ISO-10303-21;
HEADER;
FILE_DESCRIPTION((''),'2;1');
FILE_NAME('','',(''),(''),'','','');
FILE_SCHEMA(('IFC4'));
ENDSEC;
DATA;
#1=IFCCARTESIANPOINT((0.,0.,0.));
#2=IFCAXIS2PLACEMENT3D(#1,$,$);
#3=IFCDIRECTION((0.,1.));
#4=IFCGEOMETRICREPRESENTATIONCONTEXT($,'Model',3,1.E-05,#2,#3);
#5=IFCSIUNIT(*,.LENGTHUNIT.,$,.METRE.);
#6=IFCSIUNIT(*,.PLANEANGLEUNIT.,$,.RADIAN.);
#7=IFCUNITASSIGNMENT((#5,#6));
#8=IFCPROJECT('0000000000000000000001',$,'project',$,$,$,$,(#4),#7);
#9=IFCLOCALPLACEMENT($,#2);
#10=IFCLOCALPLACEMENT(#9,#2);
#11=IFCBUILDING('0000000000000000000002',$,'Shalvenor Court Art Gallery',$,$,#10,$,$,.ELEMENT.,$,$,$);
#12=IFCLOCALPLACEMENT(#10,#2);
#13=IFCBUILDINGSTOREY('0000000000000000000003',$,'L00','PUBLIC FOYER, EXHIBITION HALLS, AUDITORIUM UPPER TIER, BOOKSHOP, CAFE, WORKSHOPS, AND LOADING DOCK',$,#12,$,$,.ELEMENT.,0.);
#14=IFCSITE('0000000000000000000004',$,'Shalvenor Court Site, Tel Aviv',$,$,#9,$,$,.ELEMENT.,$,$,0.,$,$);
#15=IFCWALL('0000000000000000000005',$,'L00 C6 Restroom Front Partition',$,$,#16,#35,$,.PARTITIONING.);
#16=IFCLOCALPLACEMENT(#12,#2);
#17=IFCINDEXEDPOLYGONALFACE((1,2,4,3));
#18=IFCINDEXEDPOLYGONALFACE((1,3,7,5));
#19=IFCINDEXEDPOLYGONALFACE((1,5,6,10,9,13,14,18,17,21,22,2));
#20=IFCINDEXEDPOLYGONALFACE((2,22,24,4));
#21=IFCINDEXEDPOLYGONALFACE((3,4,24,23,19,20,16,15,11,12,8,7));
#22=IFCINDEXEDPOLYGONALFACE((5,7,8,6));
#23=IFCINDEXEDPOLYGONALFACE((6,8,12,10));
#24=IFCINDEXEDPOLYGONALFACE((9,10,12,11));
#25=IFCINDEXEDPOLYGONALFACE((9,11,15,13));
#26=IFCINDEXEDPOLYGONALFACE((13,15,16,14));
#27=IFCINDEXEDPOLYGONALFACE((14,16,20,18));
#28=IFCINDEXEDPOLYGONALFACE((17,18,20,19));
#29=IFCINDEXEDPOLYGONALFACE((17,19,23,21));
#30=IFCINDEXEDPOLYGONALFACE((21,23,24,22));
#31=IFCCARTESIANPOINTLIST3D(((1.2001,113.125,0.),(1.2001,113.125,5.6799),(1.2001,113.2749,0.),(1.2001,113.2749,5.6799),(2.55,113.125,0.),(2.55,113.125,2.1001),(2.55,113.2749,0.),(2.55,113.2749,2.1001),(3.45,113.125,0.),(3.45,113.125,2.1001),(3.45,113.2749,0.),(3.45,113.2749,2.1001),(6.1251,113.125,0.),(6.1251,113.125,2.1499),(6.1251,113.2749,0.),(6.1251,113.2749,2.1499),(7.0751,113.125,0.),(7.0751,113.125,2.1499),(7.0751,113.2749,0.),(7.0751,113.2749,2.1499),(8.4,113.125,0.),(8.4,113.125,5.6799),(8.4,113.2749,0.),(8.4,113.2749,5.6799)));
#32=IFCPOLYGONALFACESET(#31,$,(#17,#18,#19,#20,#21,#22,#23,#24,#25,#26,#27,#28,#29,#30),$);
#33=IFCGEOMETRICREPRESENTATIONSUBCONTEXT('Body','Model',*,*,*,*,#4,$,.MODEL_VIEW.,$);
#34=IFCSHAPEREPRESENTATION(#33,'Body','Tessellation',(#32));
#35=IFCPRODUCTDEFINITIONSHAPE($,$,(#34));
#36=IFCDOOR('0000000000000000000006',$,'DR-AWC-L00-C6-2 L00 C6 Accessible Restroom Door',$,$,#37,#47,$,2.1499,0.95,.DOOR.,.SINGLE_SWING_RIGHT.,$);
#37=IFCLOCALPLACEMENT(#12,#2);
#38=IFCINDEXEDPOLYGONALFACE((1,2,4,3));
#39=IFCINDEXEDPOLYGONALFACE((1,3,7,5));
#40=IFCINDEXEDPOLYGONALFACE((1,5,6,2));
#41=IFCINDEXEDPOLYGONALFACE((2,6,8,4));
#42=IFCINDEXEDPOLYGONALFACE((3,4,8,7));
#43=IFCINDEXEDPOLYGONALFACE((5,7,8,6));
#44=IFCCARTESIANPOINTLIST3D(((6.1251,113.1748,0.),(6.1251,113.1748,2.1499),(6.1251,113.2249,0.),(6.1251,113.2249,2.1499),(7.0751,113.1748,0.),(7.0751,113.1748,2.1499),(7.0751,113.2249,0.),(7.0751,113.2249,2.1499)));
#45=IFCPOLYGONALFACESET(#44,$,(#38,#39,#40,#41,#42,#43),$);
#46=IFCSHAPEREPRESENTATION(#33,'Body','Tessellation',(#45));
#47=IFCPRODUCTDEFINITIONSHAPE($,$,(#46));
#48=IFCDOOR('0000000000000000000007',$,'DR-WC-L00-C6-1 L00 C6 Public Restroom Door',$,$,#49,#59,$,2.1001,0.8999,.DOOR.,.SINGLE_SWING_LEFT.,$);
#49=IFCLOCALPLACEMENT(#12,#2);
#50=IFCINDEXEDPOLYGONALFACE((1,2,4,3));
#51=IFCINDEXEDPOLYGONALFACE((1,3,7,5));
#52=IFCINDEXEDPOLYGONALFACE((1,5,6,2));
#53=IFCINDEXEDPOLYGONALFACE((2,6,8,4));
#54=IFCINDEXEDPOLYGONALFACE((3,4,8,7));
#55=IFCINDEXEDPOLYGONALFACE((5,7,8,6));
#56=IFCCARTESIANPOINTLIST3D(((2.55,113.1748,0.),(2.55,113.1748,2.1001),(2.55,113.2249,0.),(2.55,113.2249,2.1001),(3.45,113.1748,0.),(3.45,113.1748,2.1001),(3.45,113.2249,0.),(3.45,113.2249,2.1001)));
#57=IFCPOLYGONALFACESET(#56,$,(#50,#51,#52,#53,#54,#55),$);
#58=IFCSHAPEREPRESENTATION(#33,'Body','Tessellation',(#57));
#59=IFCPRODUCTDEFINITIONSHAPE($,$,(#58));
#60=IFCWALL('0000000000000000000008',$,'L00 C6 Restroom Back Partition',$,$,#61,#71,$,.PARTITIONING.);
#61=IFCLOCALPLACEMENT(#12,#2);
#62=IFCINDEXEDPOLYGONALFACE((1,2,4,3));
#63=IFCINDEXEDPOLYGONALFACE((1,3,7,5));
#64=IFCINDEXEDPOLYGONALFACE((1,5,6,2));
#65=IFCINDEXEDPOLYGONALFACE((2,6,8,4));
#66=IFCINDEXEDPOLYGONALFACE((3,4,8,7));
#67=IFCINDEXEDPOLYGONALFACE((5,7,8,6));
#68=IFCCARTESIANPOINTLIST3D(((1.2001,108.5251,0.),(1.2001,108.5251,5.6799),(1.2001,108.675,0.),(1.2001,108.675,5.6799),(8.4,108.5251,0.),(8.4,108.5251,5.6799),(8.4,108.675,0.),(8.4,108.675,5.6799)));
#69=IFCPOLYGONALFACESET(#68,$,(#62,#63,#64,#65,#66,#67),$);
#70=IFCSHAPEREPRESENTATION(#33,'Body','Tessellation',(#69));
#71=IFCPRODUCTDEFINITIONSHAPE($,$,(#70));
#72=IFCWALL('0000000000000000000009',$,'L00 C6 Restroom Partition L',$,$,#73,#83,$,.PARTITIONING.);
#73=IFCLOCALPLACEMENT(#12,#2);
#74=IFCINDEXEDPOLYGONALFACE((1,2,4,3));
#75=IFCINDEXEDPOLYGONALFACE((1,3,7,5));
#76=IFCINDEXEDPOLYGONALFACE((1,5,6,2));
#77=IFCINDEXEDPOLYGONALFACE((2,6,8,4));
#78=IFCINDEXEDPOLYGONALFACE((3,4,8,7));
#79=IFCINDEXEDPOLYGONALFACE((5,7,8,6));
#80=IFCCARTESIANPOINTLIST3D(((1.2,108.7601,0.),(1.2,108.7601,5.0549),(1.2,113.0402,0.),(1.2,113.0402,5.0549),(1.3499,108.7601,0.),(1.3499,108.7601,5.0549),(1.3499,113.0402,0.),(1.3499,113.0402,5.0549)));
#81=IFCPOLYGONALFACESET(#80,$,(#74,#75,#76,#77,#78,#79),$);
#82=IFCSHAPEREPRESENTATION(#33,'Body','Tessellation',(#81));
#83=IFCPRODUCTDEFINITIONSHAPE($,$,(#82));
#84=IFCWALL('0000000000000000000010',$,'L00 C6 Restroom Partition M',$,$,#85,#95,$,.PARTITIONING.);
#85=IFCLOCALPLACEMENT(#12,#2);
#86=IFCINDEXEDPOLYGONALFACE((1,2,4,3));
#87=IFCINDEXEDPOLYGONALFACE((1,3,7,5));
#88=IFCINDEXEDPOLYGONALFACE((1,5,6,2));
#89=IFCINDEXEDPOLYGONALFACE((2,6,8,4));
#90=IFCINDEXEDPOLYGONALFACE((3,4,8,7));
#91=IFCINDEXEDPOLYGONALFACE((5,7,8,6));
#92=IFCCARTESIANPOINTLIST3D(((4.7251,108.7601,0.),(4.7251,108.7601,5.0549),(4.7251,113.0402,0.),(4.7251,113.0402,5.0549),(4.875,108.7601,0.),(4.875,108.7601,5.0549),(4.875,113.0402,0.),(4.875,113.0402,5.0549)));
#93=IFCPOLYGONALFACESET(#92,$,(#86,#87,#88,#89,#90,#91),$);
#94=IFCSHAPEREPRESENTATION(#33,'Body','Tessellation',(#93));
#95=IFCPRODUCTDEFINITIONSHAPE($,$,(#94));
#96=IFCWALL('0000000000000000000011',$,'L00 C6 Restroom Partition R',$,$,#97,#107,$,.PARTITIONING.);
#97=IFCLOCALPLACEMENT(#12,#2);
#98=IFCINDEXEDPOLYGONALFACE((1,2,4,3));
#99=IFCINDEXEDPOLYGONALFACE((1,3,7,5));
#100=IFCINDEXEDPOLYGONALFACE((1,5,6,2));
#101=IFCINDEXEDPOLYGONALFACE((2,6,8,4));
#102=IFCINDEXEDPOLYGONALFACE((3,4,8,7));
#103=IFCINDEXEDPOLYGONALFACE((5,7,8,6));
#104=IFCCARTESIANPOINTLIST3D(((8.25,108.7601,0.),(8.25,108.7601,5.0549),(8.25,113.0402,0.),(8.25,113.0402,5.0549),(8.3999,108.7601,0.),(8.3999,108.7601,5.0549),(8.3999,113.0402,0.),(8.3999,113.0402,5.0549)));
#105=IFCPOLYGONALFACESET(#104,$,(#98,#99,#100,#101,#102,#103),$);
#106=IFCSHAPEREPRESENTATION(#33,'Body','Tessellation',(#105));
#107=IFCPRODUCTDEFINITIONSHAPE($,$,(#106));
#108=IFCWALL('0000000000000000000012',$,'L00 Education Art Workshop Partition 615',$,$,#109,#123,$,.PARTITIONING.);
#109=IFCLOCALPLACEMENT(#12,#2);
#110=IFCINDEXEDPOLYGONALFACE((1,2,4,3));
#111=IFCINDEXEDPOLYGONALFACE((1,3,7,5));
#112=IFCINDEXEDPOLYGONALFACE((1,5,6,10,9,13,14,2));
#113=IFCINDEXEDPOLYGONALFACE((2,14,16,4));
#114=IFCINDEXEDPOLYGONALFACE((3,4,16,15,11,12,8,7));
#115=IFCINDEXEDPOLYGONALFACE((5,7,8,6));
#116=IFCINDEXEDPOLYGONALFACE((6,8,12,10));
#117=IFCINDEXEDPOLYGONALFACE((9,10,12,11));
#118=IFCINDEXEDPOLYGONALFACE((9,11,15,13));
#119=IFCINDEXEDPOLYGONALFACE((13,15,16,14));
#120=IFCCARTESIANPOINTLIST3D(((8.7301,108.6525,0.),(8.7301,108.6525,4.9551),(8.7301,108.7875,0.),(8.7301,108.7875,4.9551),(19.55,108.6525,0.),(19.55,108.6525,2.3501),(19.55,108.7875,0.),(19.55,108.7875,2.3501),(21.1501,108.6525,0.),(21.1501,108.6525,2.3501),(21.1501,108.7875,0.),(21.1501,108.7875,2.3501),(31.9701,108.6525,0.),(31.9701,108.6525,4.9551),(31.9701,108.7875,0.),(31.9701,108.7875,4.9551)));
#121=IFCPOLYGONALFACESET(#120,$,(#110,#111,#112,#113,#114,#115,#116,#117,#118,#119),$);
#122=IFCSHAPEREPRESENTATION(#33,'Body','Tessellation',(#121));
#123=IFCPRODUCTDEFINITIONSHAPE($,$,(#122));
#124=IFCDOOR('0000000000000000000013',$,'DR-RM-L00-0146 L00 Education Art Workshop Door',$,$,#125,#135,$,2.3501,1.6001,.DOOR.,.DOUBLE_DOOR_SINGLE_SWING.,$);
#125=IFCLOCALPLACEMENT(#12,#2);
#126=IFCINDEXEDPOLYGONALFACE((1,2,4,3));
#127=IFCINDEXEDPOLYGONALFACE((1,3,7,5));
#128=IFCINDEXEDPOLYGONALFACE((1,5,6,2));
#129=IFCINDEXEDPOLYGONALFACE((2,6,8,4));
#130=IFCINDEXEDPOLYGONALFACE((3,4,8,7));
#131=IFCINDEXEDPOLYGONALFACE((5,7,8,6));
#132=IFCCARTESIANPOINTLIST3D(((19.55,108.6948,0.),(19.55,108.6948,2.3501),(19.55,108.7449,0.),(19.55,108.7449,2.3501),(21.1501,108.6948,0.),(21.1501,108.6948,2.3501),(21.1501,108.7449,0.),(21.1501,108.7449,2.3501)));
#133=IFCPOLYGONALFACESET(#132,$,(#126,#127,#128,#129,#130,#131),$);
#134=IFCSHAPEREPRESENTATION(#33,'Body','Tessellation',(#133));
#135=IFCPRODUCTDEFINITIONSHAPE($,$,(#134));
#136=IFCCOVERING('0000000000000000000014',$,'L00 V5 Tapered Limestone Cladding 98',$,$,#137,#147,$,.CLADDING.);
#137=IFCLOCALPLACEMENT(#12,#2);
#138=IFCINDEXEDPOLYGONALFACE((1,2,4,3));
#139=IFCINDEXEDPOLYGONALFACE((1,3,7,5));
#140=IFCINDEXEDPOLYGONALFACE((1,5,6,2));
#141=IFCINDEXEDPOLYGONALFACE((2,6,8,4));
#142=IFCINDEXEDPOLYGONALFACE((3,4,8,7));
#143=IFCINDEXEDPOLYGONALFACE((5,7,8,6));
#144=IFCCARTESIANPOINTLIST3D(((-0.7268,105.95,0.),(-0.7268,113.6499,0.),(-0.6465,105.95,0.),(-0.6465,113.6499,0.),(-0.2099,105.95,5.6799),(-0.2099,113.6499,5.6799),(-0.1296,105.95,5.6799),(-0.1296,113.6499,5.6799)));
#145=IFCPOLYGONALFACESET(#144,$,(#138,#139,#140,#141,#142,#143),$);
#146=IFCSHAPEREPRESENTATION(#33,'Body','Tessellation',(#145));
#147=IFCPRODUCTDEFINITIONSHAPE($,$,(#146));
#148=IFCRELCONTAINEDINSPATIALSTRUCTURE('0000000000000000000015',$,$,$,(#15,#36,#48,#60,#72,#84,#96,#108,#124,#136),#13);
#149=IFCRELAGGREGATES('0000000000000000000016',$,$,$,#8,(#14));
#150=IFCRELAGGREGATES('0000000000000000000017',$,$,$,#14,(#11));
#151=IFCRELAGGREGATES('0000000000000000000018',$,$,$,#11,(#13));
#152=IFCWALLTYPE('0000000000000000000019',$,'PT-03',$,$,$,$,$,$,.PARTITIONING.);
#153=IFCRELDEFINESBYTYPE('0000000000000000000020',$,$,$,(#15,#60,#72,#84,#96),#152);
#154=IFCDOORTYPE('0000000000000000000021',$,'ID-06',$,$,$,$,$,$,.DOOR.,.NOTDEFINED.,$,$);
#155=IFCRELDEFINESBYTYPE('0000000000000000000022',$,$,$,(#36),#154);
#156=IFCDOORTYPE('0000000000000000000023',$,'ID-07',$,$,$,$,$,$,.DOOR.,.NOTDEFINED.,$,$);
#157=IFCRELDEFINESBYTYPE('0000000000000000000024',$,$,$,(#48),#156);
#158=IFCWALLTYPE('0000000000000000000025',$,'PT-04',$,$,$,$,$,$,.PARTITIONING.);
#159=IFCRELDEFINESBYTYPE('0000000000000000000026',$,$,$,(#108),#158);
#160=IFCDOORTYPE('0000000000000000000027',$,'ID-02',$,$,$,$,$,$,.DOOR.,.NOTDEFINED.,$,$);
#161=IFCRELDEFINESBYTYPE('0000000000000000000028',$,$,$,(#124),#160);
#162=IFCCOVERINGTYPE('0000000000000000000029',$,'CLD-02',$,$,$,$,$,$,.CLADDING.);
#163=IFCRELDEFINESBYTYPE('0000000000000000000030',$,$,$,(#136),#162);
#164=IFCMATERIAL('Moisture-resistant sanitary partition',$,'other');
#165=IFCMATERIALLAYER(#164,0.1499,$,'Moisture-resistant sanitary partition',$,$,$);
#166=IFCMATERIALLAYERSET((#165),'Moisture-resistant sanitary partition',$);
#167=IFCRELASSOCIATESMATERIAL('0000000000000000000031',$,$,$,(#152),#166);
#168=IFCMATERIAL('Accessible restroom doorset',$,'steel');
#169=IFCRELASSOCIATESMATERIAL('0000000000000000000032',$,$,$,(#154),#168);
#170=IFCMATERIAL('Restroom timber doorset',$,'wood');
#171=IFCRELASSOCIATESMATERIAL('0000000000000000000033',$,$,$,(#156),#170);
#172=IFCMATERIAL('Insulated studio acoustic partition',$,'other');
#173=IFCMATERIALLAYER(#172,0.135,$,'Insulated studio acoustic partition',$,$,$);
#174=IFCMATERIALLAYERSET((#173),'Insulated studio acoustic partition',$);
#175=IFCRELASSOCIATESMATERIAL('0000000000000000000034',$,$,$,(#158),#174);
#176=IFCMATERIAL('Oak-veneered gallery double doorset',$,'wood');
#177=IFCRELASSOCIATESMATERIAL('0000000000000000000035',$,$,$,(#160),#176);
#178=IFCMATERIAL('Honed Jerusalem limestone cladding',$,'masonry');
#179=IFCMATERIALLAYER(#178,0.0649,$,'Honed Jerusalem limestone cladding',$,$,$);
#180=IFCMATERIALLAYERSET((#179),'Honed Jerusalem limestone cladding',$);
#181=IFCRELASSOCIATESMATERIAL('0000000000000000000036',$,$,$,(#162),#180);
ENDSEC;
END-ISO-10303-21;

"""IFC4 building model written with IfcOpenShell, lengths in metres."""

from ifc_helpers import new_model, si_unit, direction, frame, frame_2d, origin, place, context, subcontext, project, spatial, polyline, rectangle, outline, extrude, material, layer, layer_set, type_object, element, fill, save


model = new_model("IFC4")

# Units and contexts
model_context = context("Model", 3, precision=1e-05, world=origin(), true_north=direction((0.0, 1.0)))
body_context = subcontext(model_context, "Body", "Model", "MODEL_VIEW")
ifc_project = project(units=[si_unit("LENGTHUNIT", "METRE"), si_unit("PLANEANGLEUNIT", "RADIAN")], contexts=[model_context])

# Site, building, storey
site_placement = place(None, origin())
site = spatial("IfcSite", under=ifc_project, at=site_placement, Name="Shalvenor Court Site, Tel Aviv", CompositionType="ELEMENT", RefElevation=0.0)
building_placement = place(site_placement, origin())
building = spatial("IfcBuilding", under=site, at=building_placement, Name="Shalvenor Court Art Gallery", CompositionType="ELEMENT")
storey_placement = place(building_placement, origin())
storey = spatial("IfcBuildingStorey", under=building, at=storey_placement, Name="L00", Description="PUBLIC FOYER, EXHIBITION HALLS, AUDITORIUM UPPER TIER, BOOKSHOP, CAFE, WORKSHOPS, AND LOADING DOCK", CompositionType="ELEMENT", Elevation=0.0)

# Wall, openings, doors
ifc_material_1 = material(Name="Moisture-resistant sanitary partition", Category="other")
ifc_layer_1 = layer(ifc_material_1, 0.1499, Name="Moisture-resistant sanitary partition")
ifc_layer_set_1 = layer_set([ifc_layer_1], Name="Moisture-resistant sanitary partition")
wall_type_1 = type_object("IfcWallType", Name="PT-03", PredefinedType="PARTITIONING", material=ifc_layer_set_1)
wall_1_placement = place(storey_placement, frame((1.2, 113.2, 0.0), z_axis=(0.0, 0.0, 1.0), x_axis=(1.0, 0.0, 0.0)))
wall_1 = element("IfcWall", 1, at=wall_1_placement, inside=storey, type_object=wall_type_1, Name="L00 C6 Restroom Front Partition", PredefinedType="PARTITIONING", context=body_context, shape_type="SweptSolid", body=[
    extrude(rectangle(XDim=7.2, YDim=0.1499, at=frame_2d((3.6001, 0.0))), origin(), (0.0, 0.0, 1.0), 5.6799),
])
opening_1_placement = place(wall_1_placement, frame((1.3501, 0.0, 0.0)))
opening_1 = element("IfcOpeningElement", 2, at=opening_1_placement, cuts=wall_1, PredefinedType="OPENING", context=body_context, shape_type="SweptSolid", body=[
    extrude(rectangle(XDim=0.8999, YDim=2.1001, at=frame_2d((0.45, 1.05))), frame((0.0, 0.085, 0.0), z_axis=(0.0, -1.0, 0.0), x_axis=(1.0, 0.0, 0.0)), (0.0, 0.0, 1.0), 0.1699),
])
opening_2_placement = place(wall_1_placement, frame((4.925, 0.0, 0.0)))
opening_2 = element("IfcOpeningElement", 3, at=opening_2_placement, cuts=wall_1, PredefinedType="OPENING", context=body_context, shape_type="SweptSolid", body=[
    extrude(rectangle(XDim=0.95, YDim=2.1499, at=frame_2d((0.4751, 1.075))), frame((0.0, 0.085, 0.0), z_axis=(0.0, -1.0, 0.0), x_axis=(1.0, 0.0, 0.0)), (0.0, 0.0, 1.0), 0.1699),
])
ifc_material_2 = material(Name="Accessible restroom doorset", Category="steel")
door_type_1 = type_object("IfcDoorType", Name="ID-06", OperationType="NOTDEFINED", PredefinedType="DOOR", material=ifc_material_2)
door_1_placement = place(opening_2_placement, origin())
door_1 = element("IfcDoor", 4, at=door_1_placement, inside=storey, type_object=door_type_1, Name="DR-AWC-L00-C6-2 L00 C6 Accessible Restroom Door", OperationType="SINGLE_SWING_RIGHT", OverallHeight=2.1499, OverallWidth=0.95, PredefinedType="DOOR", context=body_context, shape_type="SweptSolid", body=[
    extrude(rectangle(XDim=0.95, YDim=2.1499, at=frame_2d((0.4751, 1.075))), frame((0.0, 0.0249, 0.0), z_axis=(0.0, -1.0, 0.0), x_axis=(1.0, 0.0, 0.0)), (0.0, 0.0, 1.0), 0.05),
])
fill(opening_2, door_1)
ifc_material_3 = material(Name="Restroom timber doorset", Category="wood")
door_type_2 = type_object("IfcDoorType", Name="ID-07", OperationType="NOTDEFINED", PredefinedType="DOOR", material=ifc_material_3)
door_2_placement = place(opening_1_placement, origin())
door_2 = element("IfcDoor", 5, at=door_2_placement, inside=storey, type_object=door_type_2, Name="DR-WC-L00-C6-1 L00 C6 Public Restroom Door", OperationType="SINGLE_SWING_LEFT", OverallHeight=2.1001, OverallWidth=0.8999, PredefinedType="DOOR", context=body_context, shape_type="SweptSolid", body=[
    extrude(rectangle(XDim=0.8999, YDim=2.1001, at=frame_2d((0.45, 1.05))), frame((0.0, 0.0249, 0.0), z_axis=(0.0, -1.0, 0.0), x_axis=(1.0, 0.0, 0.0)), (0.0, 0.0, 1.0), 0.05),
])
fill(opening_1, door_2)

# Walls
wall_2_placement = place(storey_placement, frame((1.2, 108.6001, 0.0), z_axis=(0.0, 0.0, 1.0), x_axis=(1.0, 0.0, 0.0)))
element("IfcWall", 6, at=wall_2_placement, inside=storey, type_object=wall_type_1, Name="L00 C6 Restroom Back Partition", PredefinedType="PARTITIONING", context=body_context, shape_type="SweptSolid", body=[
    extrude(rectangle(XDim=7.2, YDim=0.1499, at=frame_2d((3.6001, 0.0))), origin(), (0.0, 0.0, 1.0), 5.6799),
])
for number, where, z_axis, x_axis, name in (
    (7, (1.2749, 108.76, 0.0), (0.0, 0.0, 1.0), (0.0, 1.0, 0.0), "L00 C6 Restroom Partition L"),
    (8, (4.8, 108.76, 0.0), (0.0, 0.0, 1.0), (0.0, 1.0, 0.0), "L00 C6 Restroom Partition M"),
    (9, (8.325, 108.76, 0.0), (0.0, 0.0, 1.0), (0.0, 1.0, 0.0), "L00 C6 Restroom Partition R"),
):
    element("IfcWall", number, at=place(storey_placement, frame(where, z_axis=z_axis, x_axis=x_axis)), inside=storey, type_object=wall_type_1, Name=name, PredefinedType="PARTITIONING", context=body_context, shape_type="SweptSolid", body=[
        extrude(rectangle(XDim=4.28, YDim=0.1499, at=frame_2d((2.1401, 0.0))), origin(), (0.0, 0.0, 1.0), 5.0549),
    ])

# Wall, opening, door
ifc_material_4 = material(Name="Insulated studio acoustic partition", Category="other")
ifc_layer_2 = layer(ifc_material_4, 0.135, Name="Insulated studio acoustic partition")
ifc_layer_set_2 = layer_set([ifc_layer_2], Name="Insulated studio acoustic partition")
wall_type_2 = type_object("IfcWallType", Name="PT-04", PredefinedType="PARTITIONING", material=ifc_layer_set_2)
wall_3_placement = place(storey_placement, frame((8.73, 108.72, 0.0), z_axis=(0.0, 0.0, 1.0), x_axis=(1.0, 0.0, 0.0)))
wall_3 = element("IfcWall", 10, at=wall_3_placement, inside=storey, type_object=wall_type_2, Name="L00 Education Art Workshop Partition 615", PredefinedType="PARTITIONING", context=body_context, shape_type="SweptSolid", body=[
    extrude(rectangle(XDim=23.24, YDim=0.135, at=frame_2d((11.6201, 0.0))), origin(), (0.0, 0.0, 1.0), 4.9551),
])
opening_3_placement = place(wall_3_placement, frame((10.8201, 0.0, 0.0)))
opening_3 = element("IfcOpeningElement", 11, at=opening_3_placement, cuts=wall_3, PredefinedType="OPENING", context=body_context, shape_type="SweptSolid", body=[
    extrude(rectangle(XDim=1.6001, YDim=2.3501, at=frame_2d((0.8, 1.175))), frame((0.0, 0.0774, 0.0), z_axis=(0.0, -1.0, 0.0), x_axis=(1.0, 0.0, 0.0)), (0.0, 0.0, 1.0), 0.155),
])
ifc_material_5 = material(Name="Oak-veneered gallery double doorset", Category="wood")
door_type_3 = type_object("IfcDoorType", Name="ID-02", OperationType="NOTDEFINED", PredefinedType="DOOR", material=ifc_material_5)
door_3_placement = place(opening_3_placement, origin())
door_3 = element("IfcDoor", 12, at=door_3_placement, inside=storey, type_object=door_type_3, Name="DR-RM-L00-0146 L00 Education Art Workshop Door", OperationType="DOUBLE_DOOR_SINGLE_SWING", OverallHeight=2.3501, OverallWidth=1.6001, PredefinedType="DOOR", context=body_context, shape_type="SweptSolid", body=[
    extrude(rectangle(XDim=1.6001, YDim=2.3501, at=frame_2d((0.8, 1.175))), frame((0.0, 0.0249, 0.0), z_axis=(0.0, -1.0, 0.0), x_axis=(1.0, 0.0, 0.0)), (0.0, 0.0, 1.0), 0.05),
])
fill(opening_3, door_3)

# Covering
ifc_material_6 = material(Name="Honed Jerusalem limestone cladding", Category="masonry")
ifc_layer_3 = layer(ifc_material_6, 0.0649, Name="Honed Jerusalem limestone cladding")
ifc_layer_set_3 = layer_set([ifc_layer_3], Name="Honed Jerusalem limestone cladding")
covering_type = type_object("IfcCoveringType", Name="CLD-02", PredefinedType="CLADDING", material=ifc_layer_set_3)
covering_placement = place(storey_placement, frame((-0.7268, 113.6499, 0.0), z_axis=(0.0, 0.0, 1.0), x_axis=(0.0, -1.0, 0.0)))
element("IfcCovering", 13, at=covering_placement, inside=storey, type_object=covering_type, Name="L00 V5 Tapered Limestone Cladding 98", PredefinedType="CLADDING", context=body_context, shape_type="SweptSolid", body=[
    extrude(outline(polyline([(0.0, 0.0), (7.7, 0.0), (7.7, 5.7034), (0.0, 5.7034), (0.0, 0.0)])), frame((0.0, 0.0, 0.0), z_axis=(0.0, -0.995884, 0.090633), x_axis=(1.0, 0.0, 0.0)), (0.0, 0.090633, -0.995884), 0.0803),
])

save(model, "model.ifc")
